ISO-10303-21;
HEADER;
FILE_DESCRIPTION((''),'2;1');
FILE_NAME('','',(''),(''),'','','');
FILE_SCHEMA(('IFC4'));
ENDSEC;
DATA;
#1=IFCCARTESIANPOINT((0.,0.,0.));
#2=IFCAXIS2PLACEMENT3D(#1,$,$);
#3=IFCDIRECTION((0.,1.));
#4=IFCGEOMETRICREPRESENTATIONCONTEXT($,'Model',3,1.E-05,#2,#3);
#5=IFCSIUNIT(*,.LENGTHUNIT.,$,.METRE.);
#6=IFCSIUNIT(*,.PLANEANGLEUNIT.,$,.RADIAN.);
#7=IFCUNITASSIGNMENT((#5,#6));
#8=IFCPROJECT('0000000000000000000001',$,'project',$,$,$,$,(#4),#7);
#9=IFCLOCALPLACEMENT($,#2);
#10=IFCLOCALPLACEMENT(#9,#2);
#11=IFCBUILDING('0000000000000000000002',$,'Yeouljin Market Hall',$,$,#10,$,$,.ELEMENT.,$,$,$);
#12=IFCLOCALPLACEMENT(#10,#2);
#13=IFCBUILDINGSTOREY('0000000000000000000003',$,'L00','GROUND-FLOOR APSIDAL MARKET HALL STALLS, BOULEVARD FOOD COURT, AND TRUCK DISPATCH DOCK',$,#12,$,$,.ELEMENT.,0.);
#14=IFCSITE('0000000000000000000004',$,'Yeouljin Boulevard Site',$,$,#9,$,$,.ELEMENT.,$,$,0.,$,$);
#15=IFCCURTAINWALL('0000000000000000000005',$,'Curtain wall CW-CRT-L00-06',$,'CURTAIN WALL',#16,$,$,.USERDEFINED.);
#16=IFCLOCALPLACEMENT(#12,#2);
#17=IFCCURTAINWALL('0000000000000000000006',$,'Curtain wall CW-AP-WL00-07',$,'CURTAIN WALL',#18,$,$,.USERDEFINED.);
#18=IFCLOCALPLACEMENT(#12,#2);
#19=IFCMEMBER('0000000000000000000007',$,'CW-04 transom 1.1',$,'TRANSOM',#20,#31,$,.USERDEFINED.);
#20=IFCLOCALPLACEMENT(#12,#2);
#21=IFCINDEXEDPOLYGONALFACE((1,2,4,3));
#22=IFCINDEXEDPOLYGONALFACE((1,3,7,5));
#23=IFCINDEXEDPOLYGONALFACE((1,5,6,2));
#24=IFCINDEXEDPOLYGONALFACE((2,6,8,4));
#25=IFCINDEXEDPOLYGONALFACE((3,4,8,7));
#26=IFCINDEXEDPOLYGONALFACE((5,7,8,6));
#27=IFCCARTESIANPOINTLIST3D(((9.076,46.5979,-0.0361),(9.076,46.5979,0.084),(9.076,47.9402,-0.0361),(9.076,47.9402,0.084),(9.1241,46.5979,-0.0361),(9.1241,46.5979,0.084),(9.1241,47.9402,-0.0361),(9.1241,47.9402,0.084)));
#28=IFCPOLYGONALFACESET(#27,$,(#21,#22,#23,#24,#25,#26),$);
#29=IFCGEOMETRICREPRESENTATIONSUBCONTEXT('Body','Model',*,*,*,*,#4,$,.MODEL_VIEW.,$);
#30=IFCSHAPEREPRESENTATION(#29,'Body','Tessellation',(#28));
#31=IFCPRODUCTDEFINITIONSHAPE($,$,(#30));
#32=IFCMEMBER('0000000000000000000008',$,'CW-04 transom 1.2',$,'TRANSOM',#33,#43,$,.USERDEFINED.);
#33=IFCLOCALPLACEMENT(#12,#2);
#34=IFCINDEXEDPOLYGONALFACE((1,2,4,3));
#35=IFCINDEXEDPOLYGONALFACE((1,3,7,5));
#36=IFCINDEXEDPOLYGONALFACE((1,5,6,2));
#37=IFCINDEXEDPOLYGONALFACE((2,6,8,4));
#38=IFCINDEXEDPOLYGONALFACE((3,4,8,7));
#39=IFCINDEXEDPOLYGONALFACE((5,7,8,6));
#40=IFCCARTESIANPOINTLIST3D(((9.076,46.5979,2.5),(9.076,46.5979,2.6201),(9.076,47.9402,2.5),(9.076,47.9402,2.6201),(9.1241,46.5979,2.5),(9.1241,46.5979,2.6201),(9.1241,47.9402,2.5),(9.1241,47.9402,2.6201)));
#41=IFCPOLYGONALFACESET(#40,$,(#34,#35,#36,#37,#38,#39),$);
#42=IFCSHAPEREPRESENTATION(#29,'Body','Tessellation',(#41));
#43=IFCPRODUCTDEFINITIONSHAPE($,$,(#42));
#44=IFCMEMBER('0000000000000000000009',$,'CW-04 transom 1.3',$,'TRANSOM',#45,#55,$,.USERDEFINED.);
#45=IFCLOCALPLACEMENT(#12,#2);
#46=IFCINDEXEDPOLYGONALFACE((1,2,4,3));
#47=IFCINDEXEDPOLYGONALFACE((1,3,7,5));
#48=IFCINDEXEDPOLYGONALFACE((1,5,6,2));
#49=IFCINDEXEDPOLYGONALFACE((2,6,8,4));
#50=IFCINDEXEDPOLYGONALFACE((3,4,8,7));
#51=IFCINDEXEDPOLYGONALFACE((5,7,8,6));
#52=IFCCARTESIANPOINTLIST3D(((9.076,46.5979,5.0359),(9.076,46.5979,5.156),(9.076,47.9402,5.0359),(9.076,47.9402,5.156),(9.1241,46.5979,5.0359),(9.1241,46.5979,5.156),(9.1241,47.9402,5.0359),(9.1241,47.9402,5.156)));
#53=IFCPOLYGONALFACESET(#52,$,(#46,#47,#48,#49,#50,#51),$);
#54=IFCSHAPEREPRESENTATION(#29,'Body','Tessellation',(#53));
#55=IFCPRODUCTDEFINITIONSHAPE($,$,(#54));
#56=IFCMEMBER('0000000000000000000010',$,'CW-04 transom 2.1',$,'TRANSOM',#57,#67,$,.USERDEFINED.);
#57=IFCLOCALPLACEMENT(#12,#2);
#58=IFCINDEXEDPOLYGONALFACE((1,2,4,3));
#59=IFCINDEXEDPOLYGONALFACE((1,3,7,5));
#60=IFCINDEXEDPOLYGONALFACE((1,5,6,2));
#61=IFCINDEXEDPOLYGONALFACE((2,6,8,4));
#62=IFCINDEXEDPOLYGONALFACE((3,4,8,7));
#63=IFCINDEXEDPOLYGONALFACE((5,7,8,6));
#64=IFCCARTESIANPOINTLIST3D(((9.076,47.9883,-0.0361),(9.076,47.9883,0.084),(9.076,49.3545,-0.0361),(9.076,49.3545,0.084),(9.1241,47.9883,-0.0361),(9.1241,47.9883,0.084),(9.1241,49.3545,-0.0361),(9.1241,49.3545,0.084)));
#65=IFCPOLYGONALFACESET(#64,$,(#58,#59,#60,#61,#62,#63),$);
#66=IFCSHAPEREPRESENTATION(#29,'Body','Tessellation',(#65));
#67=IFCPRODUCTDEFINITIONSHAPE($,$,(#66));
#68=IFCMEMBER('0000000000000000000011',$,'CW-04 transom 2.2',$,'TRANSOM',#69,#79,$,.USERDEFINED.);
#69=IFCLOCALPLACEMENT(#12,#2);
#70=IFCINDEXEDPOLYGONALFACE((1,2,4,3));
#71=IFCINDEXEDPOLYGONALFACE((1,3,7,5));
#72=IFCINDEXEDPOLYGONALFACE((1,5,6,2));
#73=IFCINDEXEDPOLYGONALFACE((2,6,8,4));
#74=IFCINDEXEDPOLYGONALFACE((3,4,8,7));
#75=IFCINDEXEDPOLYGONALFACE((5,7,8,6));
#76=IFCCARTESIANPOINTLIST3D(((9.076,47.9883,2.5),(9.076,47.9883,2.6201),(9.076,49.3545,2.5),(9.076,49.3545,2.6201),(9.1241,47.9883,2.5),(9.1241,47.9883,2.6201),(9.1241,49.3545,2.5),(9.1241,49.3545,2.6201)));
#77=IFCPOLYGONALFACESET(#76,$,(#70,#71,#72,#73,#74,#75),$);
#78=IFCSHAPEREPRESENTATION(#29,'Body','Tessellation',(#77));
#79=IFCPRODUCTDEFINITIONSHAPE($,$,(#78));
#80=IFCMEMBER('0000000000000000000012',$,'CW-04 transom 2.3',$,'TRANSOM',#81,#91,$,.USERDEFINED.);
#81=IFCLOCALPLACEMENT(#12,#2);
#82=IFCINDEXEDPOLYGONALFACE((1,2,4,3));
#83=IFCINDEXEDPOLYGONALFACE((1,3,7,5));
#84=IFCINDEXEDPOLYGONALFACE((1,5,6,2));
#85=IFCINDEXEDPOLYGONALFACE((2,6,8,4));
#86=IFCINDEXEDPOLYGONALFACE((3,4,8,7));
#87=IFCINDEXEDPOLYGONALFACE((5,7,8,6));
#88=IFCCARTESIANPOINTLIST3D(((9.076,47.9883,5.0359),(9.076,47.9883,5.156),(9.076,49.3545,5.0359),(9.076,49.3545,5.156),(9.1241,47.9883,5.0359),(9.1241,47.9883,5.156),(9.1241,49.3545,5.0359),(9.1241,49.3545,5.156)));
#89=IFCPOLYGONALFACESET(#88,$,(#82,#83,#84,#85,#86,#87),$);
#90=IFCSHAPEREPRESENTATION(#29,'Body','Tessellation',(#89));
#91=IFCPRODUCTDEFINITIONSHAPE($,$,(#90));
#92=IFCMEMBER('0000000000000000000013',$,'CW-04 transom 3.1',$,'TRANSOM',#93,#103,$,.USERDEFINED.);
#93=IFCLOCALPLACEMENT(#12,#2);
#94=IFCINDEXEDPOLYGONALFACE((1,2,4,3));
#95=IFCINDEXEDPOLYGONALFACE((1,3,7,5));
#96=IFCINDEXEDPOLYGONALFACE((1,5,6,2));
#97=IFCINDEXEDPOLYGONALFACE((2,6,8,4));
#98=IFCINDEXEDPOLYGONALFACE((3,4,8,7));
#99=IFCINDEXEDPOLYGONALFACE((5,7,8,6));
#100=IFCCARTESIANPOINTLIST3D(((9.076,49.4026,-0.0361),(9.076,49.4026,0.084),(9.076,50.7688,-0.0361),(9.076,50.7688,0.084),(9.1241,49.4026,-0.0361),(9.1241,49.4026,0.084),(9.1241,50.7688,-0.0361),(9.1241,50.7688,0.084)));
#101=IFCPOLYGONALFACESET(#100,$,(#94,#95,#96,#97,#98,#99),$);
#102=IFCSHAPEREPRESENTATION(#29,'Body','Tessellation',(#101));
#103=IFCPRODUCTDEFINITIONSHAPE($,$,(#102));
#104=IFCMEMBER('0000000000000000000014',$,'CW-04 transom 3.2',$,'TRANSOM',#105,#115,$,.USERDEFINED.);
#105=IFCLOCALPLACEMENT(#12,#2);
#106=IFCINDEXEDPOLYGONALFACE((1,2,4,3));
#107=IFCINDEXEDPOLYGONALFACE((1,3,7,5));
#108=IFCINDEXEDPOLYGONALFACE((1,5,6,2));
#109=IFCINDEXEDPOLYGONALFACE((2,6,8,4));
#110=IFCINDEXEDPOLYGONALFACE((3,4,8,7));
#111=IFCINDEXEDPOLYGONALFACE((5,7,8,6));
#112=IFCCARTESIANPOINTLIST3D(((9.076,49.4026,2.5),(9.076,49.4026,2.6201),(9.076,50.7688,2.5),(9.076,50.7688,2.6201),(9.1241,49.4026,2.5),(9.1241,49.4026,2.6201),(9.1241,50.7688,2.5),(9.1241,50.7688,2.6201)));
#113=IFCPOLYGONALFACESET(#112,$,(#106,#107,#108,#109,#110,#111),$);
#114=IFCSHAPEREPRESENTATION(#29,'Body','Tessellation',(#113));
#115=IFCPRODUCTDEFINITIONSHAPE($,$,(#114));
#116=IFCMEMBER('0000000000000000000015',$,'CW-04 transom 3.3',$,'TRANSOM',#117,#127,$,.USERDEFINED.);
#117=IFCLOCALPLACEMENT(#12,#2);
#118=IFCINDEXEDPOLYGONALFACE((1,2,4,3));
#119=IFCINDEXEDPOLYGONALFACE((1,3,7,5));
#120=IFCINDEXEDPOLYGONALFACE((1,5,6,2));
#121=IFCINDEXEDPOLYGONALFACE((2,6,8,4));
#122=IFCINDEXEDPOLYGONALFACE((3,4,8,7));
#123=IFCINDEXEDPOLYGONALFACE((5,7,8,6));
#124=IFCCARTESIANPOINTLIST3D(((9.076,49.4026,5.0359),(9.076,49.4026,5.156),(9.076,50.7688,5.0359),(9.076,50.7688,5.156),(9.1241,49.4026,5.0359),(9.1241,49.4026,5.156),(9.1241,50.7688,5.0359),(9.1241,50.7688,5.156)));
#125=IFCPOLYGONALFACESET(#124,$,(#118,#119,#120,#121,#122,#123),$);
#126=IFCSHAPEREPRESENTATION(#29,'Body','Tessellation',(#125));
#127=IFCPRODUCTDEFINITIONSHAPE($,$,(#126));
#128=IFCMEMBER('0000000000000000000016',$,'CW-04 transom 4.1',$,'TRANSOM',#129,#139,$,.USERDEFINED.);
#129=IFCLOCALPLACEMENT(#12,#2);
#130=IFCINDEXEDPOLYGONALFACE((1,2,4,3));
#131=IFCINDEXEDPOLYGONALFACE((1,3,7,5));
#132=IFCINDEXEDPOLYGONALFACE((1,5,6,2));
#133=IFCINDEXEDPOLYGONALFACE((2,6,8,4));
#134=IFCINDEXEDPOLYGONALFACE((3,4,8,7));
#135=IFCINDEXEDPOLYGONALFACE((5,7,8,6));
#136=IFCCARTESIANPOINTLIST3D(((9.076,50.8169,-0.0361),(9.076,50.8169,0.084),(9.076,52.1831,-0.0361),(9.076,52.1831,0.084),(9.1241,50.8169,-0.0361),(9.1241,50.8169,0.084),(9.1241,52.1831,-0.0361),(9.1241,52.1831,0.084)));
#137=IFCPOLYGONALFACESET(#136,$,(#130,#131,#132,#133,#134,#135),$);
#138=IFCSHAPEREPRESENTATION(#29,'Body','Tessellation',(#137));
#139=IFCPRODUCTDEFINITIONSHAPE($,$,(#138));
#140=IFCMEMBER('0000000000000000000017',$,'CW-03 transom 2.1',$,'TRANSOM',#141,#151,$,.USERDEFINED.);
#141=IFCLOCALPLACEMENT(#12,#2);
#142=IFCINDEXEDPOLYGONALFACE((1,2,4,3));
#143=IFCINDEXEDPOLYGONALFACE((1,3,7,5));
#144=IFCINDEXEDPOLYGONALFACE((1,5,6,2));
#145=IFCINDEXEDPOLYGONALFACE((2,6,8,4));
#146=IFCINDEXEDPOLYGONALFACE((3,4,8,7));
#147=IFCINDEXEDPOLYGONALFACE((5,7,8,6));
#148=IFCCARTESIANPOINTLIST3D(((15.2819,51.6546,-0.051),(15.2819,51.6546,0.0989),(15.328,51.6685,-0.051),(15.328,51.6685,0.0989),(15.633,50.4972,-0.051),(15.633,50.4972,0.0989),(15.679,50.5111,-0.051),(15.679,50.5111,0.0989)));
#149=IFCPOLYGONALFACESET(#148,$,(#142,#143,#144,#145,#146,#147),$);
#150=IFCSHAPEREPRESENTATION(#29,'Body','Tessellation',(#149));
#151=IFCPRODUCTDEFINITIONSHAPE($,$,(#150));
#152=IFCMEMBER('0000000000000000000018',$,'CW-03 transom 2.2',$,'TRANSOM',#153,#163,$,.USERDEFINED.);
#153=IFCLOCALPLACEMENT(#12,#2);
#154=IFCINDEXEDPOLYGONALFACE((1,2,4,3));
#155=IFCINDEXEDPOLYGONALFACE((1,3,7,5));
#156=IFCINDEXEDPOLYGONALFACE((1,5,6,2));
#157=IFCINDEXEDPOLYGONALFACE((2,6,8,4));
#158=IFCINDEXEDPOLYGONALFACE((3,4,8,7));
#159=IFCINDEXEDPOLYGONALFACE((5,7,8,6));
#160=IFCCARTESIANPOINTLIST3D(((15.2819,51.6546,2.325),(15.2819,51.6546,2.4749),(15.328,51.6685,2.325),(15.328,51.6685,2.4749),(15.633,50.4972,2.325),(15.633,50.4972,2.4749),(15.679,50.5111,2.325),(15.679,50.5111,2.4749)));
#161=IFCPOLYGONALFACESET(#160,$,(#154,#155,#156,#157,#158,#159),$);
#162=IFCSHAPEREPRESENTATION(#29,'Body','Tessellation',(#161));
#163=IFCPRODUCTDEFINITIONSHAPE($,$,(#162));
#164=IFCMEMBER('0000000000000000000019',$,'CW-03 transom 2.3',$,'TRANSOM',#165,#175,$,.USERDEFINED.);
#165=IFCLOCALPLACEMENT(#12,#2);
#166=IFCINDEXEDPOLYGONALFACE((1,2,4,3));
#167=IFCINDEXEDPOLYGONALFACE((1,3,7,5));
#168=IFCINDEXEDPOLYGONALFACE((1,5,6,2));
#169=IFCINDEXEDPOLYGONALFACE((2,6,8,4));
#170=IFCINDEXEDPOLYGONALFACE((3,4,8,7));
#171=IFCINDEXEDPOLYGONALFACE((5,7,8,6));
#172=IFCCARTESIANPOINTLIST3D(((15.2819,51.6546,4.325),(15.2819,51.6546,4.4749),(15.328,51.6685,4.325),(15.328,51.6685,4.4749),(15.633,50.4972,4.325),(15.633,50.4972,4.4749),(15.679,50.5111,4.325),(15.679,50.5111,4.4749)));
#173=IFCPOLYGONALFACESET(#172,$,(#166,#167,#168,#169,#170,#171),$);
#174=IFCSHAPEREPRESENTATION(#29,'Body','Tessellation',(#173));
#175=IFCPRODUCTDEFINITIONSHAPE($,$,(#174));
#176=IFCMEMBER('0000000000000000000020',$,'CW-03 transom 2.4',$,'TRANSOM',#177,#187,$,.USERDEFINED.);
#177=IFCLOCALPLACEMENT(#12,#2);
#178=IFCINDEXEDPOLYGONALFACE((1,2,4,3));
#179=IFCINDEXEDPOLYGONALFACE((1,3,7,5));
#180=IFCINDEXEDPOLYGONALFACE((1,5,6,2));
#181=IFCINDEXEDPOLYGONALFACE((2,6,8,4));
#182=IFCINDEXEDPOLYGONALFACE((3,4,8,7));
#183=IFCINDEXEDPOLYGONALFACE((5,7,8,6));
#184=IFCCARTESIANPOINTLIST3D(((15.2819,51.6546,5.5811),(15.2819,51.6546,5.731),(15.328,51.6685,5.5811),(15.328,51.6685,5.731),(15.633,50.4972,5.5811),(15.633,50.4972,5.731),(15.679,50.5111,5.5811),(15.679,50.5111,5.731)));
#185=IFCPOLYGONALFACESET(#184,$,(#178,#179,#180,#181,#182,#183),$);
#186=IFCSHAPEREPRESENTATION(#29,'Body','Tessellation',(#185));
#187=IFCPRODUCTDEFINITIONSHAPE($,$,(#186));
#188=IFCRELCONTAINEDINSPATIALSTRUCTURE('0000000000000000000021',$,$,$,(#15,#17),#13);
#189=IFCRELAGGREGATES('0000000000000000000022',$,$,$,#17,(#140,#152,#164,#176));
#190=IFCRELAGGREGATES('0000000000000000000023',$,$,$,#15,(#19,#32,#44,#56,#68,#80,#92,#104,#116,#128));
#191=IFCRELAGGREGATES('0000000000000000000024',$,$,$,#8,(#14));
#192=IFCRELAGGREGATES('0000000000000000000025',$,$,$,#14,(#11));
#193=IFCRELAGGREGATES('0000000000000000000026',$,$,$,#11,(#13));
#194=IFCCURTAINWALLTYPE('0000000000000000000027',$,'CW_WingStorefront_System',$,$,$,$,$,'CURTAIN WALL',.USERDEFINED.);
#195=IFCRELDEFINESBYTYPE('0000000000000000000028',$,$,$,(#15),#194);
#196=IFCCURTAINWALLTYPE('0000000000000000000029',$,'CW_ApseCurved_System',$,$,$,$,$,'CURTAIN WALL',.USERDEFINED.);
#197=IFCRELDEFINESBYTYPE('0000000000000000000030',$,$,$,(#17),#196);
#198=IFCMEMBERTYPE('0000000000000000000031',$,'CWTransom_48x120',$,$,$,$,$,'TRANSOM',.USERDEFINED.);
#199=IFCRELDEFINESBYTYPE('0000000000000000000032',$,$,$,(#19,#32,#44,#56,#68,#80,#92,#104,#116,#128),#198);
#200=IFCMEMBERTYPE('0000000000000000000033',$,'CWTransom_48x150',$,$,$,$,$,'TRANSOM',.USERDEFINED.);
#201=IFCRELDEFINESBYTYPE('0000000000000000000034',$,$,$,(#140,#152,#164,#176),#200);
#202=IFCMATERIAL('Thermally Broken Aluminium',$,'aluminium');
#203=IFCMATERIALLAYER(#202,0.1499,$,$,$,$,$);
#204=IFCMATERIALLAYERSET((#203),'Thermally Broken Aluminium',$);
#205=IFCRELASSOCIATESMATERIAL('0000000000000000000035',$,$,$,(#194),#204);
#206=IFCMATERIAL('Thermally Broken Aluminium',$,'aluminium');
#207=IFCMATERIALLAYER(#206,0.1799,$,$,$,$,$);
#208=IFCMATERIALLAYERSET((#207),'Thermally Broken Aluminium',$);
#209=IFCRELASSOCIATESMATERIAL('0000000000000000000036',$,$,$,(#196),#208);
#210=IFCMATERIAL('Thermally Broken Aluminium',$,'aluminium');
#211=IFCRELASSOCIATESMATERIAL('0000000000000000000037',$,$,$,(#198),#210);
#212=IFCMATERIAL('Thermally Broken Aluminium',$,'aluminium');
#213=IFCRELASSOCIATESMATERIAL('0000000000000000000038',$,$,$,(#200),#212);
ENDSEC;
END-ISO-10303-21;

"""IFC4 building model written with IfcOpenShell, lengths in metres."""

from ifc_helpers import new_model, si_unit, direction, frame, origin, origin_2d, place, context, subcontext, project, spatial, rectangle, extrude, material, layer, layer_set, material_profile, profile_set, type_object, element, aggregate, save


model = new_model("IFC4")

# Units and contexts
model_context = context("Model", 3, precision=1e-05, world=origin(), true_north=direction((0.0, 1.0)))
body_context = subcontext(model_context, "Body", "Model", "MODEL_VIEW")
ifc_project = project(units=[si_unit("LENGTHUNIT", "METRE"), si_unit("PLANEANGLEUNIT", "RADIAN")], contexts=[model_context])

# Site, building, storey
site_placement = place(None, origin())
site = spatial("IfcSite", under=ifc_project, at=site_placement, Name="Yeouljin Boulevard Site", CompositionType="ELEMENT", RefElevation=0.0)
building_placement = place(site_placement, origin())
building = spatial("IfcBuilding", under=site, at=building_placement, Name="Yeouljin Market Hall", CompositionType="ELEMENT")
storey_placement = place(building_placement, origin())
storey = spatial("IfcBuildingStorey", under=building, at=storey_placement, Name="L00", Description="GROUND-FLOOR APSIDAL MARKET HALL STALLS, BOULEVARD FOOD COURT, AND TRUCK DISPATCH DOCK", CompositionType="ELEMENT", Elevation=0.0)

# Curtain wall
ifc_material_1 = material(Name="Thermally Broken Aluminium", Category="aluminium")
ifc_layer_1 = layer(ifc_material_1, 0.1499)
ifc_layer_set_1 = layer_set([ifc_layer_1], Name="Thermally Broken Aluminium")
curtain_wall_type_1 = type_object("IfcCurtainWallType", Name="CW_WingStorefront_System", ElementType="CURTAIN WALL", PredefinedType="USERDEFINED", material=ifc_layer_set_1)
curtain_wall_1_placement = place(storey_placement, origin())
curtain_wall_1 = element("IfcCurtainWall", 1, at=curtain_wall_1_placement, inside=storey, type_object=curtain_wall_type_1, Name="Curtain wall CW-CRT-L00-06", ObjectType="CURTAIN WALL", PredefinedType="USERDEFINED")

# Curtain wall
ifc_material_2 = material(Name="Thermally Broken Aluminium", Category="aluminium")
ifc_layer_2 = layer(ifc_material_2, 0.1799)
ifc_layer_set_2 = layer_set([ifc_layer_2], Name="Thermally Broken Aluminium")
curtain_wall_type_2 = type_object("IfcCurtainWallType", Name="CW_ApseCurved_System", ElementType="CURTAIN WALL", PredefinedType="USERDEFINED", material=ifc_layer_set_2)
curtain_wall_2_placement = place(storey_placement, origin())
curtain_wall_2 = element("IfcCurtainWall", 2, at=curtain_wall_2_placement, inside=storey, type_object=curtain_wall_type_2, Name="Curtain wall CW-AP-WL00-07", ObjectType="CURTAIN WALL", PredefinedType="USERDEFINED")

# Members
ifc_material_3 = material(Name="Thermally Broken Aluminium", Category="aluminium")
ifc_material_profile_1 = material_profile(ifc_material_3, rectangle(XDim=0.0481, YDim=0.1201, at=origin_2d()), Name="CW-TRAN-48x120")
ifc_profile_set_1 = profile_set([ifc_material_profile_1], Name="Thermally Broken Aluminium")
member_type_1 = type_object("IfcMemberType", Name="CWTransom_48x120", ElementType="TRANSOM", PredefinedType="USERDEFINED", material=ifc_profile_set_1)
member_1_placement = place(storey_placement, frame((9.1001, 46.5979, 0.0239), z_axis=(0.0, 1.0, 0.0), x_axis=(-1.0, 0.0, 0.0)))
member_1 = element("IfcMember", 3, at=member_1_placement, type_object=member_type_1, Name="CW-04 transom 1.1", ObjectType="TRANSOM", PredefinedType="USERDEFINED", context=body_context, shape_type="SweptSolid", body=[
    extrude(rectangle(XDim=0.0481, YDim=0.1201, at=origin_2d()), origin(), (0.0, 0.0, 1.0), 1.3423),
])
member_2_placement = place(storey_placement, frame((9.1001, 46.5979, 2.5601), z_axis=(0.0, 1.0, 0.0), x_axis=(-1.0, 0.0, 0.0)))
member_2 = element("IfcMember", 4, at=member_2_placement, type_object=member_type_1, Name="CW-04 transom 1.2", ObjectType="TRANSOM", PredefinedType="USERDEFINED", context=body_context, shape_type="SweptSolid", body=[
    extrude(rectangle(XDim=0.0481, YDim=0.1201, at=origin_2d()), origin(), (0.0, 0.0, 1.0), 1.3423),
])
member_3_placement = place(storey_placement, frame((9.1001, 46.5979, 5.0959), z_axis=(0.0, 1.0, 0.0), x_axis=(-1.0, 0.0, 0.0)))
member_3 = element("IfcMember", 5, at=member_3_placement, type_object=member_type_1, Name="CW-04 transom 1.3", ObjectType="TRANSOM", PredefinedType="USERDEFINED", context=body_context, shape_type="SweptSolid", body=[
    extrude(rectangle(XDim=0.0481, YDim=0.1201, at=origin_2d()), origin(), (0.0, 0.0, 1.0), 1.3423),
])
member_4_placement = place(storey_placement, frame((9.1001, 47.9883, 0.0239), z_axis=(0.0, 1.0, 0.0), x_axis=(-1.0, 0.0, 0.0)))
member_4 = element("IfcMember", 6, at=member_4_placement, type_object=member_type_1, Name="CW-04 transom 2.1", ObjectType="TRANSOM", PredefinedType="USERDEFINED", context=body_context, shape_type="SweptSolid", body=[
    extrude(rectangle(XDim=0.0481, YDim=0.1201, at=origin_2d()), origin(), (0.0, 0.0, 1.0), 1.3662),
])
member_5_placement = place(storey_placement, frame((9.1001, 47.9883, 2.5601), z_axis=(0.0, 1.0, 0.0), x_axis=(-1.0, 0.0, 0.0)))
member_5 = element("IfcMember", 7, at=member_5_placement, type_object=member_type_1, Name="CW-04 transom 2.2", ObjectType="TRANSOM", PredefinedType="USERDEFINED", context=body_context, shape_type="SweptSolid", body=[
    extrude(rectangle(XDim=0.0481, YDim=0.1201, at=origin_2d()), origin(), (0.0, 0.0, 1.0), 1.3662),
])
member_6_placement = place(storey_placement, frame((9.1001, 47.9883, 5.0959), z_axis=(0.0, 1.0, 0.0), x_axis=(-1.0, 0.0, 0.0)))
member_6 = element("IfcMember", 8, at=member_6_placement, type_object=member_type_1, Name="CW-04 transom 2.3", ObjectType="TRANSOM", PredefinedType="USERDEFINED", context=body_context, shape_type="SweptSolid", body=[
    extrude(rectangle(XDim=0.0481, YDim=0.1201, at=origin_2d()), origin(), (0.0, 0.0, 1.0), 1.3662),
])
member_7_placement = place(storey_placement, frame((9.1001, 49.4026, 0.0239), z_axis=(0.0, 1.0, 0.0), x_axis=(-1.0, 0.0, 0.0)))
member_7 = element("IfcMember", 9, at=member_7_placement, type_object=member_type_1, Name="CW-04 transom 3.1", ObjectType="TRANSOM", PredefinedType="USERDEFINED", context=body_context, shape_type="SweptSolid", body=[
    extrude(rectangle(XDim=0.0481, YDim=0.1201, at=origin_2d()), origin(), (0.0, 0.0, 1.0), 1.3662),
])
member_8_placement = place(storey_placement, frame((9.1001, 49.4026, 2.5601), z_axis=(0.0, 1.0, 0.0), x_axis=(-1.0, 0.0, 0.0)))
member_8 = element("IfcMember", 10, at=member_8_placement, type_object=member_type_1, Name="CW-04 transom 3.2", ObjectType="TRANSOM", PredefinedType="USERDEFINED", context=body_context, shape_type="SweptSolid", body=[
    extrude(rectangle(XDim=0.0481, YDim=0.1201, at=origin_2d()), origin(), (0.0, 0.0, 1.0), 1.3662),
])
member_9_placement = place(storey_placement, frame((9.1001, 49.4026, 5.0959), z_axis=(0.0, 1.0, 0.0), x_axis=(-1.0, 0.0, 0.0)))
member_9 = element("IfcMember", 11, at=member_9_placement, type_object=member_type_1, Name="CW-04 transom 3.3", ObjectType="TRANSOM", PredefinedType="USERDEFINED", context=body_context, shape_type="SweptSolid", body=[
    extrude(rectangle(XDim=0.0481, YDim=0.1201, at=origin_2d()), origin(), (0.0, 0.0, 1.0), 1.3662),
])
member_10_placement = place(storey_placement, frame((9.1001, 50.8169, 0.0239), z_axis=(0.0, 1.0, 0.0), x_axis=(-1.0, 0.0, 0.0)))
member_10 = element("IfcMember", 12, at=member_10_placement, type_object=member_type_1, Name="CW-04 transom 4.1", ObjectType="TRANSOM", PredefinedType="USERDEFINED", context=body_context, shape_type="SweptSolid", body=[
    extrude(rectangle(XDim=0.0481, YDim=0.1201, at=origin_2d()), origin(), (0.0, 0.0, 1.0), 1.3662),
])
ifc_material_4 = material(Name="Thermally Broken Aluminium", Category="aluminium")
ifc_material_profile_2 = material_profile(ifc_material_4, rectangle(XDim=0.0481, YDim=0.1499, at=origin_2d()), Name="CW-TRAN-48x150")
ifc_profile_set_2 = profile_set([ifc_material_profile_2], Name="Thermally Broken Aluminium")
member_type_2 = type_object("IfcMemberType", Name="CWTransom_48x150", ElementType="TRANSOM", PredefinedType="USERDEFINED", material=ifc_profile_set_2)
member_11_placement = place(storey_placement, frame((15.656, 50.5042, 0.0239), z_axis=(-0.290254, 0.95695, 0.0), x_axis=(-0.95695, -0.290254, 0.0)))
member_11 = element("IfcMember", 13, at=member_11_placement, type_object=member_type_2, Name="CW-03 transom 2.1", ObjectType="TRANSOM", PredefinedType="USERDEFINED", context=body_context, shape_type="SweptSolid", body=[
    extrude(rectangle(XDim=0.0481, YDim=0.1499, at=origin_2d()), origin(), (0.0, 0.0, 1.0), 1.2095),
])
member_12_placement = place(storey_placement, frame((15.656, 50.5042, 2.3999), z_axis=(-0.290254, 0.95695, 0.0), x_axis=(-0.95695, -0.290254, 0.0)))
member_12 = element("IfcMember", 14, at=member_12_placement, type_object=member_type_2, Name="CW-03 transom 2.2", ObjectType="TRANSOM", PredefinedType="USERDEFINED", context=body_context, shape_type="SweptSolid", body=[
    extrude(rectangle(XDim=0.0481, YDim=0.1499, at=origin_2d()), origin(), (0.0, 0.0, 1.0), 1.2095),
])
member_13_placement = place(storey_placement, frame((15.656, 50.5042, 4.3999), z_axis=(-0.290254, 0.95695, 0.0), x_axis=(-0.95695, -0.290254, 0.0)))
member_13 = element("IfcMember", 15, at=member_13_placement, type_object=member_type_2, Name="CW-03 transom 2.3", ObjectType="TRANSOM", PredefinedType="USERDEFINED", context=body_context, shape_type="SweptSolid", body=[
    extrude(rectangle(XDim=0.0481, YDim=0.1499, at=origin_2d()), origin(), (0.0, 0.0, 1.0), 1.2095),
])
member_14_placement = place(storey_placement, frame((15.656, 50.5042, 5.656), z_axis=(-0.290254, 0.95695, 0.0), x_axis=(-0.95695, -0.290254, 0.0)))
member_14 = element("IfcMember", 16, at=member_14_placement, type_object=member_type_2, Name="CW-03 transom 2.4", ObjectType="TRANSOM", PredefinedType="USERDEFINED", context=body_context, shape_type="SweptSolid", body=[
    extrude(rectangle(XDim=0.0481, YDim=0.1499, at=origin_2d()), origin(), (0.0, 0.0, 1.0), 1.2095),
])

aggregate(curtain_wall_2, [member_11, member_12, member_13, member_14])
aggregate(curtain_wall_1, [member_1, member_2, member_3, member_4, member_5, member_6, member_7, member_8, member_9, member_10])

save(model, "model.ifc")
